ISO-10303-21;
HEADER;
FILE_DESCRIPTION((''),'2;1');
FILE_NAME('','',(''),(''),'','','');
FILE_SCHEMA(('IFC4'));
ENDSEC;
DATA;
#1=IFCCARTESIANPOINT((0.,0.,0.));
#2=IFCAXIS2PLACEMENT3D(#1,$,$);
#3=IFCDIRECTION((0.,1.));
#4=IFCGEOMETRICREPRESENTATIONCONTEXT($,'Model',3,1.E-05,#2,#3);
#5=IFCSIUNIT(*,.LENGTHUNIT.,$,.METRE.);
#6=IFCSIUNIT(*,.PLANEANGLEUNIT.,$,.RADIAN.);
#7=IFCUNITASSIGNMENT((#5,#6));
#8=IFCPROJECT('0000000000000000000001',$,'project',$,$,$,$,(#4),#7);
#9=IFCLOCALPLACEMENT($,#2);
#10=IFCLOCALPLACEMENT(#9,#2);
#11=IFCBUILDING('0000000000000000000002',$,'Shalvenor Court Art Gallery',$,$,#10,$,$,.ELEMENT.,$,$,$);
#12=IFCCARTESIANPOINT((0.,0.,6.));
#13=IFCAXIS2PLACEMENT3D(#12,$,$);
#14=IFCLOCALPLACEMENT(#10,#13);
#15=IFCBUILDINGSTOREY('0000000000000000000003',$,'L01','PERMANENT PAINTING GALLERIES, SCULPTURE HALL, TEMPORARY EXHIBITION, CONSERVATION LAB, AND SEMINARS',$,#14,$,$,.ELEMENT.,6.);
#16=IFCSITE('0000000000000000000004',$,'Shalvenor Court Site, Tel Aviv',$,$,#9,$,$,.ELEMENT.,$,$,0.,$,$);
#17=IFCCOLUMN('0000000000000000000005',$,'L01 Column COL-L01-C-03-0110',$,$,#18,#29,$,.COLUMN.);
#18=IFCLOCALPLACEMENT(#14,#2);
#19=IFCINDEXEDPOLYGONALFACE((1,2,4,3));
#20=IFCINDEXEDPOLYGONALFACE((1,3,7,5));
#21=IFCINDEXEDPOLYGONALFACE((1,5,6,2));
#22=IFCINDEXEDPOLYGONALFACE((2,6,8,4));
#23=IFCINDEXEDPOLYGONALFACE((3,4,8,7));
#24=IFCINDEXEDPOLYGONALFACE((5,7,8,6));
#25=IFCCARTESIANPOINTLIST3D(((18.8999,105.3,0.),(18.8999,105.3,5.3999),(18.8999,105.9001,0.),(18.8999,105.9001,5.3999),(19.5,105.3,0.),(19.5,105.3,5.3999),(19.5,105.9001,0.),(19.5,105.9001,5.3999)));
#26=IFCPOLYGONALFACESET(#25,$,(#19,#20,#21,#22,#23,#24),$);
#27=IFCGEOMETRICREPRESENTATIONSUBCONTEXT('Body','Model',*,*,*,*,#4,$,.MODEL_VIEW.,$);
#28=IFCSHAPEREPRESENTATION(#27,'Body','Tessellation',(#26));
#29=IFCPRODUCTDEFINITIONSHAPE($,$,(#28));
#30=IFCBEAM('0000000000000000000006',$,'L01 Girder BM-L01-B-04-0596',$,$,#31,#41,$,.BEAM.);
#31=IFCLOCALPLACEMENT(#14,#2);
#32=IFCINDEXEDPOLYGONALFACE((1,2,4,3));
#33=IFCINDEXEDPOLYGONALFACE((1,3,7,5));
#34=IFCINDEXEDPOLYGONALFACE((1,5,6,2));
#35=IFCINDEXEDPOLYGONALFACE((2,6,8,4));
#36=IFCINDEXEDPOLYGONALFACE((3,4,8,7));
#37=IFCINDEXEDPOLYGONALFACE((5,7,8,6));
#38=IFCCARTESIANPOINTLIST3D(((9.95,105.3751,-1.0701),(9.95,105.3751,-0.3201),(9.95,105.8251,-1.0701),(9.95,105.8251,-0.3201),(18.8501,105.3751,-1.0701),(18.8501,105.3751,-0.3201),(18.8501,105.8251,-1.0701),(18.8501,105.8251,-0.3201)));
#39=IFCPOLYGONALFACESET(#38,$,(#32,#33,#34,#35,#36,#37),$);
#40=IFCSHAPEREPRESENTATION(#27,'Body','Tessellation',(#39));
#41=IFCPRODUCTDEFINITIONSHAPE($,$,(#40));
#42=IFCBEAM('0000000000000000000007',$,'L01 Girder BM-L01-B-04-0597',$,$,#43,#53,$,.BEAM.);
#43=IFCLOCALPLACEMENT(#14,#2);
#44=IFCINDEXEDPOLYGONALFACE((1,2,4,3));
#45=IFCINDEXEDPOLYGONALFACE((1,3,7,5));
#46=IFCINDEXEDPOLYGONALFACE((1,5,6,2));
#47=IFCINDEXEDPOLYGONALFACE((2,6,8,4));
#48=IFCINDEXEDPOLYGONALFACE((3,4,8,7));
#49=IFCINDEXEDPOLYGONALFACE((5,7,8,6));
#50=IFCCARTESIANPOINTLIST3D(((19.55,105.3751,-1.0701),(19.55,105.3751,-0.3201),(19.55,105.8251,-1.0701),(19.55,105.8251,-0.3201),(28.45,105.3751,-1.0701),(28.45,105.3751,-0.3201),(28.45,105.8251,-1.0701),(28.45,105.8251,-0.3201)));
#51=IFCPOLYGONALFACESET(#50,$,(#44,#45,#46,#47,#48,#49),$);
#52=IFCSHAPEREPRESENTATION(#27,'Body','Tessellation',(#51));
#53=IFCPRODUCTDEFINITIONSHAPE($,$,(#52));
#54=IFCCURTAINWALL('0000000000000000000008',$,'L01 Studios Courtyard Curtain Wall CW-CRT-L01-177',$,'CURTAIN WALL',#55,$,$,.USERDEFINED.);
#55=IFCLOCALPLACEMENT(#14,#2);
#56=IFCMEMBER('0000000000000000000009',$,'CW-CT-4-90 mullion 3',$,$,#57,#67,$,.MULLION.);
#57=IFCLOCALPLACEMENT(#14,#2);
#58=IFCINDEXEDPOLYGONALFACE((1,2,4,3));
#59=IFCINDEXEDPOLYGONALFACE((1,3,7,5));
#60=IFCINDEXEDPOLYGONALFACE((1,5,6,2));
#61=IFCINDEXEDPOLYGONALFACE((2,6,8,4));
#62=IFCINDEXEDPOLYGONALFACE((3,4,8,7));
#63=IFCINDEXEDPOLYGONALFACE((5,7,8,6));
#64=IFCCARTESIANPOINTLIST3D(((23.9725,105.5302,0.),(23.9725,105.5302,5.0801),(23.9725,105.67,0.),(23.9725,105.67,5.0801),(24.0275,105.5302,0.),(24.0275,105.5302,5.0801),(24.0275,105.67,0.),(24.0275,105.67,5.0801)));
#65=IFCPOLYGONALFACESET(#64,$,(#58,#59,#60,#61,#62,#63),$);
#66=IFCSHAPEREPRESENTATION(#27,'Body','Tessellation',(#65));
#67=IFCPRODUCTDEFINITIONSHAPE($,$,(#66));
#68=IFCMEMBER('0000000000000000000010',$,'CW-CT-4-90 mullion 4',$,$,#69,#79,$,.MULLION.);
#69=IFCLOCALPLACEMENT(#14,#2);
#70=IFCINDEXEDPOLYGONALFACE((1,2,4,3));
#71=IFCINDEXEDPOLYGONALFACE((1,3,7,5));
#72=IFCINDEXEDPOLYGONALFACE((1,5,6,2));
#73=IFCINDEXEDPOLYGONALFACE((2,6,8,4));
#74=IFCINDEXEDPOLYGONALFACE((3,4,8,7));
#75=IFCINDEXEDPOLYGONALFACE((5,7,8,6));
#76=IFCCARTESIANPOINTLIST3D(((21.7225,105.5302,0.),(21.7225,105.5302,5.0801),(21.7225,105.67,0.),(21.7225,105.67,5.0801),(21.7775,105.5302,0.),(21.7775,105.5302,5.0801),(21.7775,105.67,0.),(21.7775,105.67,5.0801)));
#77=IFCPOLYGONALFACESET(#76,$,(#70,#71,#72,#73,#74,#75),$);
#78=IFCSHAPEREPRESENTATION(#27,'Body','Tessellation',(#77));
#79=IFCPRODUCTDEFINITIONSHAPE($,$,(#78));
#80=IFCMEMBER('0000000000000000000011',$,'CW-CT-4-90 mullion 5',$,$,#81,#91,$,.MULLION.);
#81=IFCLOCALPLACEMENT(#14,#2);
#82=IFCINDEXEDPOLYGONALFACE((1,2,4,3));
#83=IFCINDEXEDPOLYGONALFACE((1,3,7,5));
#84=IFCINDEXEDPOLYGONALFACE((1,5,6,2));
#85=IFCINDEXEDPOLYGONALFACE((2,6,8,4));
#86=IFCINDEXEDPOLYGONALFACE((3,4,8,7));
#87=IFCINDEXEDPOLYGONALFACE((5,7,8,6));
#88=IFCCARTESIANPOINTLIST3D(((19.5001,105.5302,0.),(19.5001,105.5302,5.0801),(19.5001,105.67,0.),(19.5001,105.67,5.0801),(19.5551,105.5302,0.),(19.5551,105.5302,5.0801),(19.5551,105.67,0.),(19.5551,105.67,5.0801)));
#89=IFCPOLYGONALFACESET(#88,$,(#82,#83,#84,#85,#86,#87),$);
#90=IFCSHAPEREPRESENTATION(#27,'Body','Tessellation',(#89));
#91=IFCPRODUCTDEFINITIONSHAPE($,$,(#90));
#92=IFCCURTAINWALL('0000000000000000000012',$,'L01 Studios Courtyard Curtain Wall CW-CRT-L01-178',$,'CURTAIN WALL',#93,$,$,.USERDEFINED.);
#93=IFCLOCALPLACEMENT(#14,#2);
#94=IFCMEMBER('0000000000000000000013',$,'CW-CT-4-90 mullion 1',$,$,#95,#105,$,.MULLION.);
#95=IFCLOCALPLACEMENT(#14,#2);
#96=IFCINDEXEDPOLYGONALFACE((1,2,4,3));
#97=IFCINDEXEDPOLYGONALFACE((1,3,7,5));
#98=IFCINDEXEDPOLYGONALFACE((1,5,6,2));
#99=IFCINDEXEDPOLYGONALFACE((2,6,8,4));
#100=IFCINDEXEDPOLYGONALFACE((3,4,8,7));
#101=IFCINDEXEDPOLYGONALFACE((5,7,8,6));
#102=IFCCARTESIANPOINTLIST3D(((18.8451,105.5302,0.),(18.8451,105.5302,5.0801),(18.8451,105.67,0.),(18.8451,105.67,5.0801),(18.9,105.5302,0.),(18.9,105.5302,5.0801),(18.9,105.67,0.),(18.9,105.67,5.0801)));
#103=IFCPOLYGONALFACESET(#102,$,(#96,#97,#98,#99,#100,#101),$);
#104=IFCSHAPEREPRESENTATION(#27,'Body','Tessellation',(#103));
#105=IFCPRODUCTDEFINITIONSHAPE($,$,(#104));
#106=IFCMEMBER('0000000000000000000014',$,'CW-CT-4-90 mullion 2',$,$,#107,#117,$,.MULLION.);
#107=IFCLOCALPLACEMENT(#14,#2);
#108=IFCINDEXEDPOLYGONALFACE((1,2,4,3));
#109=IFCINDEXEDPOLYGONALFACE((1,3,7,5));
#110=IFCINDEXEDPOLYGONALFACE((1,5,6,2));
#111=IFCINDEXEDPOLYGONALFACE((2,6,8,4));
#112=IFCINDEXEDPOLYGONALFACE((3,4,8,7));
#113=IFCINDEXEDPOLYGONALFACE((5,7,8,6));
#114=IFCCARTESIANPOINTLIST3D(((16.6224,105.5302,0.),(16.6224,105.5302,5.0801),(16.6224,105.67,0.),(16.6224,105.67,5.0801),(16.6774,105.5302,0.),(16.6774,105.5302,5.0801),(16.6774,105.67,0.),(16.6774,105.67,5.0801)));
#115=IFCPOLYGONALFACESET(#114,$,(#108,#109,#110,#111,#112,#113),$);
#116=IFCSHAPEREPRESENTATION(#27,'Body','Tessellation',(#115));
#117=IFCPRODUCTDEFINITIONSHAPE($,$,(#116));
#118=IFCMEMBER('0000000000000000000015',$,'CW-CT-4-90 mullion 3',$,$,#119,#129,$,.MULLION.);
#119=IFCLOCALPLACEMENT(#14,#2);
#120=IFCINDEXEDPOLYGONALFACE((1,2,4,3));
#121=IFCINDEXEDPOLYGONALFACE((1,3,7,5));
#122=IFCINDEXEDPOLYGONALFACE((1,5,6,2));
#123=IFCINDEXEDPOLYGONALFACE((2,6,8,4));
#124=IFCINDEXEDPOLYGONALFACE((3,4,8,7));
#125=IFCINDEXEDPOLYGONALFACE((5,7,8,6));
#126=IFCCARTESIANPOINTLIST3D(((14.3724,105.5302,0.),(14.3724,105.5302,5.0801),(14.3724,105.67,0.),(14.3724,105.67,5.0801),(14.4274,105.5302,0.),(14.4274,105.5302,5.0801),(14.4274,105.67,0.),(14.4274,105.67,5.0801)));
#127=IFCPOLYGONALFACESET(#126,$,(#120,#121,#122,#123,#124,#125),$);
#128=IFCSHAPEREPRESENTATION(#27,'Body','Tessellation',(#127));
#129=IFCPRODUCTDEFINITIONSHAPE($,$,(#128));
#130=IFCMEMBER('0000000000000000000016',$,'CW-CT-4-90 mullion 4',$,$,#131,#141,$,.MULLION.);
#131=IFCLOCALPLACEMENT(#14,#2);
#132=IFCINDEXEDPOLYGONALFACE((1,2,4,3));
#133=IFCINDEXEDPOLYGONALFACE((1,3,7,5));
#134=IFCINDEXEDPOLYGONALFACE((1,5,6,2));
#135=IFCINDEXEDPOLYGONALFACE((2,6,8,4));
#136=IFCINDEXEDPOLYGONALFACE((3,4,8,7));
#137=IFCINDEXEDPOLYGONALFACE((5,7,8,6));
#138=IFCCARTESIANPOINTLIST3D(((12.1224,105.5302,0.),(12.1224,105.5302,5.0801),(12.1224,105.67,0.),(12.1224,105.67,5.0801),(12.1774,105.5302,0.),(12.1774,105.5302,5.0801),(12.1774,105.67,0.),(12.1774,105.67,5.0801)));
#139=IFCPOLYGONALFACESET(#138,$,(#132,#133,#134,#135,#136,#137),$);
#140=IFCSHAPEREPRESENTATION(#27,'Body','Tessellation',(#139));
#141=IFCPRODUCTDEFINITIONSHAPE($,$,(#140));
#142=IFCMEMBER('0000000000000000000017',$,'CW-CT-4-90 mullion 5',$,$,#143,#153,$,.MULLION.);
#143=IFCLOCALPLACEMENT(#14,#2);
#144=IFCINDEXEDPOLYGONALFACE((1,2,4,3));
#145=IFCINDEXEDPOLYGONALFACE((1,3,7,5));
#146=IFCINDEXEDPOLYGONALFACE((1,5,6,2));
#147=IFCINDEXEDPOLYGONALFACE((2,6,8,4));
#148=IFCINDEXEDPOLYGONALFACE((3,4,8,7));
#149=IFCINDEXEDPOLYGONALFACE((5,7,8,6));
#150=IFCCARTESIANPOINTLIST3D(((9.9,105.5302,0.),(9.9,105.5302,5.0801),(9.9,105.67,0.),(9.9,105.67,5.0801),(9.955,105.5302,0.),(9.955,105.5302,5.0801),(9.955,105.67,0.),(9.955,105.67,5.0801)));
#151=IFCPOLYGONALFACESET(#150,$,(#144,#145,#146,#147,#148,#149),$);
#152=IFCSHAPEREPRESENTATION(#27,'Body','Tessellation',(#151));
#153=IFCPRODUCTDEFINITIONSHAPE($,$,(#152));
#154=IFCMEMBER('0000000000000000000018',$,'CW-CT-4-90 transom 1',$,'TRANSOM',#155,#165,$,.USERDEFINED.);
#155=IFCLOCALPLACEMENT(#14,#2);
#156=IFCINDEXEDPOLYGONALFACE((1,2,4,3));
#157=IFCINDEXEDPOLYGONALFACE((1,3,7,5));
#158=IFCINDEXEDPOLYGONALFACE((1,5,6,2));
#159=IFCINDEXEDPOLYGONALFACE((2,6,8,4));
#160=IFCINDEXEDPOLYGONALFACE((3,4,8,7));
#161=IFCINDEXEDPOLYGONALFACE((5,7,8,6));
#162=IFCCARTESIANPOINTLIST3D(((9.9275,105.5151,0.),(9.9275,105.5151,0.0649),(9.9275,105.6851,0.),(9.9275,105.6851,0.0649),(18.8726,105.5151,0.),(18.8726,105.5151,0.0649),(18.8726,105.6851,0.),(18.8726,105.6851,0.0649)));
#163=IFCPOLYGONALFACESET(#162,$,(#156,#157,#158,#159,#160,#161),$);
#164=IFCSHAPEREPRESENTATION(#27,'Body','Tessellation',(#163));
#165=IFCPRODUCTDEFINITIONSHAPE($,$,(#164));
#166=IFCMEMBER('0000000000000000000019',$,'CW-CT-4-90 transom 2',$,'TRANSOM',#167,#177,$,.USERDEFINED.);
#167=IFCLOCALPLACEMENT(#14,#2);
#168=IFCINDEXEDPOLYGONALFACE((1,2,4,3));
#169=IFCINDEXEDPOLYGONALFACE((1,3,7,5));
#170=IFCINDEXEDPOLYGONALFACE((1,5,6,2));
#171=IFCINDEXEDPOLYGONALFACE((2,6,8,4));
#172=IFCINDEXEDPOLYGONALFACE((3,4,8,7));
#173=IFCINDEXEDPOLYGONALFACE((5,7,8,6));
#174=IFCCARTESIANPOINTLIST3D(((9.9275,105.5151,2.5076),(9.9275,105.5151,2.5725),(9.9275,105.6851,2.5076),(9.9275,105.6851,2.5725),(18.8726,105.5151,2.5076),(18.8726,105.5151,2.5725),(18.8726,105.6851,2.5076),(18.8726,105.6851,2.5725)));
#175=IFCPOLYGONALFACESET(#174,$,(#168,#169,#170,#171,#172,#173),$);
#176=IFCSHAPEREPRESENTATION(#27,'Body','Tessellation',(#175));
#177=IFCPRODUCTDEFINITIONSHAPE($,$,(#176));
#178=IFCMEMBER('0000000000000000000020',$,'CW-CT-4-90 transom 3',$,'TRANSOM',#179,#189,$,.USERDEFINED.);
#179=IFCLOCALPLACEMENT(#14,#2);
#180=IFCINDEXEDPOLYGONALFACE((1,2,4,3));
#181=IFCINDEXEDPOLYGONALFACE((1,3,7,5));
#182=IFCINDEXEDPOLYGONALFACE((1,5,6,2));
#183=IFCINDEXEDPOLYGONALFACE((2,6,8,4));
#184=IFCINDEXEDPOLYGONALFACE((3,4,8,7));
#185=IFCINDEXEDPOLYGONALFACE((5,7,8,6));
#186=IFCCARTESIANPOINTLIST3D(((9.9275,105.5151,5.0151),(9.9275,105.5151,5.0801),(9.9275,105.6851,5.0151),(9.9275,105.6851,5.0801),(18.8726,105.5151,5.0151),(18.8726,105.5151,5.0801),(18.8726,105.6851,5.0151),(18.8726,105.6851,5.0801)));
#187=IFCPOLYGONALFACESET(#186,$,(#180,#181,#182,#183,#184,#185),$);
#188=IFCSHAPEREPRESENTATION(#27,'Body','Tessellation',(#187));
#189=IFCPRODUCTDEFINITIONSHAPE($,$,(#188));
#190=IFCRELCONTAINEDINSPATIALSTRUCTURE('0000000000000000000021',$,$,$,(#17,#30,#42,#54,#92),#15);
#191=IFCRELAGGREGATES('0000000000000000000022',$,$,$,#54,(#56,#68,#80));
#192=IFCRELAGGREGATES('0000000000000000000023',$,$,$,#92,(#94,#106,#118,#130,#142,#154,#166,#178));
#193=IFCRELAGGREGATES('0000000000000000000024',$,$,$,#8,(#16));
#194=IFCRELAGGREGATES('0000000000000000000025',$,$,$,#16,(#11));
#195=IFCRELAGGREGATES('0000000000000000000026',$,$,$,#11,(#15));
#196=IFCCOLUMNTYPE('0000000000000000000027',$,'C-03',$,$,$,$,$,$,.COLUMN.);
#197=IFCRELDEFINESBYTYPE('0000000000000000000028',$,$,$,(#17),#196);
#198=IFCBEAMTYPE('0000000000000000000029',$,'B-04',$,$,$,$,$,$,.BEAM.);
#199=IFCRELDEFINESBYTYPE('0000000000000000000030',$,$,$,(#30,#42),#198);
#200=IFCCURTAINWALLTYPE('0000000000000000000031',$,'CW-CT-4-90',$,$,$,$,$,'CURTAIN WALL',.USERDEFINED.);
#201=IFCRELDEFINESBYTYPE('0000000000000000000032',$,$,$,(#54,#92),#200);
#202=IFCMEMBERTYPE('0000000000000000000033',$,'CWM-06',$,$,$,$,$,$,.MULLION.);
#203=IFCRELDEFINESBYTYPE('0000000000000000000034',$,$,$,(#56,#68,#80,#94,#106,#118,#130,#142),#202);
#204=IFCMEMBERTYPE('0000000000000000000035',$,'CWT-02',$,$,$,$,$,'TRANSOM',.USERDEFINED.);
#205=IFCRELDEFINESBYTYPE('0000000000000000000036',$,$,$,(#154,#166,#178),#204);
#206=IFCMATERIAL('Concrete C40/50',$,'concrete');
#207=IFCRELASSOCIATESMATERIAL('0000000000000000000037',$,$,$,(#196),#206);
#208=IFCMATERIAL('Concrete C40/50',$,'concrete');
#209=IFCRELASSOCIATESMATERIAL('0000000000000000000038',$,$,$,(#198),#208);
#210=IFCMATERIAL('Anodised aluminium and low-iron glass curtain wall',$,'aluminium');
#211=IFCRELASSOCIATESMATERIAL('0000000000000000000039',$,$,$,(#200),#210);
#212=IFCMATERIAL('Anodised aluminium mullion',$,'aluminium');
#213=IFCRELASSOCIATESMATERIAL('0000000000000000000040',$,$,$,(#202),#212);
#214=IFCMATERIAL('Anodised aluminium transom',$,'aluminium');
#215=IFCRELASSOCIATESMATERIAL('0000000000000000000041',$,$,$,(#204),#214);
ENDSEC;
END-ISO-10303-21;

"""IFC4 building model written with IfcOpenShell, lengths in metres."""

from ifc_helpers import new_model, si_unit, direction, frame, origin, origin_2d, place, context, subcontext, project, spatial, rectangle, extrude, material, material_profile, profile_set, type_object, element, aggregate, save


model = new_model("IFC4")

# Units and contexts
model_context = context("Model", 3, precision=1e-05, world=origin(), true_north=direction((0.0, 1.0)))
body_context = subcontext(model_context, "Body", "Model", "MODEL_VIEW")
ifc_project = project(units=[si_unit("LENGTHUNIT", "METRE"), si_unit("PLANEANGLEUNIT", "RADIAN")], contexts=[model_context])

# Site, building, storey
site_placement = place(None, origin())
site = spatial("IfcSite", under=ifc_project, at=site_placement, Name="Shalvenor Court Site, Tel Aviv", CompositionType="ELEMENT", RefElevation=0.0)
building_placement = place(site_placement, origin())
building = spatial("IfcBuilding", under=site, at=building_placement, Name="Shalvenor Court Art Gallery", CompositionType="ELEMENT")
storey_placement = place(building_placement, frame((0.0, 0.0, 6.0)))
storey = spatial("IfcBuildingStorey", under=building, at=storey_placement, Name="L01", Description="PERMANENT PAINTING GALLERIES, SCULPTURE HALL, TEMPORARY EXHIBITION, CONSERVATION LAB, AND SEMINARS", CompositionType="ELEMENT", Elevation=6.0)

# Column
ifc_material_1 = material(Name="Concrete C40/50", Category="concrete")
ifc_material_profile_1 = material_profile(ifc_material_1, rectangle(XDim=0.6001, YDim=0.6001, at=origin_2d()), Name="RC 600x600")
ifc_profile_set_1 = profile_set([ifc_material_profile_1], Name="Concrete C40/50")
column_type = type_object("IfcColumnType", Name="C-03", PredefinedType="COLUMN", material=ifc_profile_set_1)
column_placement = place(storey_placement, frame((19.2, 105.6001, 0.0), z_axis=(0.0, 0.0, 1.0), x_axis=(1.0, 0.0, 0.0)))
element("IfcColumn", 1, at=column_placement, inside=storey, type_object=column_type, Name="L01 Column COL-L01-C-03-0110", PredefinedType="COLUMN", context=body_context, shape_type="SweptSolid", body=[
    extrude(rectangle(XDim=0.6001, YDim=0.6001, at=origin_2d()), origin(), (0.0, 0.0, 1.0), 5.3999),
])

# Beams
ifc_material_2 = material(Name="Concrete C40/50", Category="concrete")
ifc_material_profile_2 = material_profile(ifc_material_2, rectangle(XDim=0.45, YDim=0.75, at=origin_2d()), Name="RC 450x750")
ifc_profile_set_2 = profile_set([ifc_material_profile_2], Name="Concrete C40/50")
beam_type = type_object("IfcBeamType", Name="B-04", PredefinedType="BEAM", material=ifc_profile_set_2)
beam_1_placement = place(storey_placement, frame((9.95, 105.6001, -0.6951), z_axis=(1.0, 0.0, 0.0), x_axis=(0.0, 1.0, 0.0)))
element("IfcBeam", 2, at=beam_1_placement, inside=storey, type_object=beam_type, Name="L01 Girder BM-L01-B-04-0596", PredefinedType="BEAM", context=body_context, shape_type="SweptSolid", body=[
    extrude(rectangle(XDim=0.45, YDim=0.75, at=origin_2d()), origin(), (0.0, 0.0, 1.0), 8.9001),
])
beam_2_placement = place(storey_placement, frame((19.55, 105.6001, -0.6951), z_axis=(1.0, 0.0, 0.0), x_axis=(0.0, 1.0, 0.0)))
element("IfcBeam", 3, at=beam_2_placement, inside=storey, type_object=beam_type, Name="L01 Girder BM-L01-B-04-0597", PredefinedType="BEAM", context=body_context, shape_type="SweptSolid", body=[
    extrude(rectangle(XDim=0.45, YDim=0.75, at=origin_2d()), origin(), (0.0, 0.0, 1.0), 8.8999),
])

# Curtain walls, members
ifc_material_3 = material(Name="Anodised aluminium and low-iron glass curtain wall", Category="aluminium")
curtain_wall_type = type_object("IfcCurtainWallType", Name="CW-CT-4-90", ElementType="CURTAIN WALL", PredefinedType="USERDEFINED", material=ifc_material_3)
curtain_wall_1_placement = place(storey_placement, origin())
curtain_wall_1 = element("IfcCurtainWall", 4, at=curtain_wall_1_placement, inside=storey, type_object=curtain_wall_type, Name="L01 Studios Courtyard Curtain Wall CW-CRT-L01-177", ObjectType="CURTAIN WALL", PredefinedType="USERDEFINED")
ifc_material_4 = material(Name="Anodised aluminium mullion", Category="aluminium")
ifc_material_profile_3 = material_profile(ifc_material_4, rectangle(XDim=0.0549, YDim=0.1399, at=origin_2d()), Name="CWM-06")
ifc_profile_set_3 = profile_set([ifc_material_profile_3], Name="Anodised aluminium mullion")
member_type_1 = type_object("IfcMemberType", Name="CWM-06", PredefinedType="MULLION", material=ifc_profile_set_3)
member_1_placement = place(storey_placement, frame((24.0, 105.6001, 0.0), z_axis=(0.0, 0.0, 1.0), x_axis=(-1.0, 0.0, 0.0)))
member_1 = element("IfcMember", 5, at=member_1_placement, type_object=member_type_1, Name="CW-CT-4-90 mullion 3", PredefinedType="MULLION", context=body_context, shape_type="SweptSolid", body=[
    extrude(rectangle(XDim=0.0549, YDim=0.1399, at=origin_2d()), origin(), (0.0, 0.0, 1.0), 5.0801),
])
member_2_placement = place(storey_placement, frame((21.75, 105.6001, 0.0), z_axis=(0.0, 0.0, 1.0), x_axis=(-1.0, 0.0, 0.0)))
member_2 = element("IfcMember", 6, at=member_2_placement, type_object=member_type_1, Name="CW-CT-4-90 mullion 4", PredefinedType="MULLION", context=body_context, shape_type="SweptSolid", body=[
    extrude(rectangle(XDim=0.0549, YDim=0.1399, at=origin_2d()), origin(), (0.0, 0.0, 1.0), 5.0801),
])
member_3_placement = place(storey_placement, frame((19.5276, 105.6001, 0.0), z_axis=(0.0, 0.0, 1.0), x_axis=(-1.0, 0.0, 0.0)))
member_3 = element("IfcMember", 7, at=member_3_placement, type_object=member_type_1, Name="CW-CT-4-90 mullion 5", PredefinedType="MULLION", context=body_context, shape_type="SweptSolid", body=[
    extrude(rectangle(XDim=0.0549, YDim=0.1399, at=origin_2d()), origin(), (0.0, 0.0, 1.0), 5.0801),
])
curtain_wall_2_placement = place(storey_placement, origin())
curtain_wall_2 = element("IfcCurtainWall", 8, at=curtain_wall_2_placement, inside=storey, type_object=curtain_wall_type, Name="L01 Studios Courtyard Curtain Wall CW-CRT-L01-178", ObjectType="CURTAIN WALL", PredefinedType="USERDEFINED")
member_4_placement = place(storey_placement, frame((18.8726, 105.6001, 0.0), z_axis=(0.0, 0.0, 1.0), x_axis=(-1.0, 0.0, 0.0)))
member_4 = element("IfcMember", 9, at=member_4_placement, type_object=member_type_1, Name="CW-CT-4-90 mullion 1", PredefinedType="MULLION", context=body_context, shape_type="SweptSolid", body=[
    extrude(rectangle(XDim=0.0549, YDim=0.1399, at=origin_2d()), origin(), (0.0, 0.0, 1.0), 5.0801),
])
member_5_placement = place(storey_placement, frame((16.6499, 105.6001, 0.0), z_axis=(0.0, 0.0, 1.0), x_axis=(-1.0, 0.0, 0.0)))
member_5 = element("IfcMember", 10, at=member_5_placement, type_object=member_type_1, Name="CW-CT-4-90 mullion 2", PredefinedType="MULLION", context=body_context, shape_type="SweptSolid", body=[
    extrude(rectangle(XDim=0.0549, YDim=0.1399, at=origin_2d()), origin(), (0.0, 0.0, 1.0), 5.0801),
])
member_6_placement = place(storey_placement, frame((14.3999, 105.6001, 0.0), z_axis=(0.0, 0.0, 1.0), x_axis=(-1.0, 0.0, 0.0)))
member_6 = element("IfcMember", 11, at=member_6_placement, type_object=member_type_1, Name="CW-CT-4-90 mullion 3", PredefinedType="MULLION", context=body_context, shape_type="SweptSolid", body=[
    extrude(rectangle(XDim=0.0549, YDim=0.1399, at=origin_2d()), origin(), (0.0, 0.0, 1.0), 5.0801),
])
member_7_placement = place(storey_placement, frame((12.1499, 105.6001, 0.0), z_axis=(0.0, 0.0, 1.0), x_axis=(-1.0, 0.0, 0.0)))
member_7 = element("IfcMember", 12, at=member_7_placement, type_object=member_type_1, Name="CW-CT-4-90 mullion 4", PredefinedType="MULLION", context=body_context, shape_type="SweptSolid", body=[
    extrude(rectangle(XDim=0.0549, YDim=0.1399, at=origin_2d()), origin(), (0.0, 0.0, 1.0), 5.0801),
])
member_8_placement = place(storey_placement, frame((9.9275, 105.6001, 0.0), z_axis=(0.0, 0.0, 1.0), x_axis=(-1.0, 0.0, 0.0)))
member_8 = element("IfcMember", 13, at=member_8_placement, type_object=member_type_1, Name="CW-CT-4-90 mullion 5", PredefinedType="MULLION", context=body_context, shape_type="SweptSolid", body=[
    extrude(rectangle(XDim=0.0549, YDim=0.1399, at=origin_2d()), origin(), (0.0, 0.0, 1.0), 5.0801),
])
ifc_material_5 = material(Name="Anodised aluminium transom", Category="aluminium")
ifc_material_profile_4 = material_profile(ifc_material_5, rectangle(XDim=0.1699, YDim=0.0649, at=origin_2d()), Name="CWT-02")
ifc_profile_set_4 = profile_set([ifc_material_profile_4], Name="Anodised aluminium transom")
member_type_2 = type_object("IfcMemberType", Name="CWT-02", ElementType="TRANSOM", PredefinedType="USERDEFINED", material=ifc_profile_set_4)
member_9_placement = place(storey_placement, frame((18.8726, 105.6001, 0.0325), z_axis=(-1.0, 0.0, 0.0), x_axis=(0.0, -1.0, 0.0)))
member_9 = element("IfcMember", 14, at=member_9_placement, type_object=member_type_2, Name="CW-CT-4-90 transom 1", ObjectType="TRANSOM", PredefinedType="USERDEFINED", context=body_context, shape_type="SweptSolid", body=[
    extrude(rectangle(XDim=0.1699, YDim=0.0649, at=origin_2d()), origin(), (0.0, 0.0, 1.0), 8.9451),
])
member_10_placement = place(storey_placement, frame((18.8726, 105.6001, 2.54), z_axis=(-1.0, 0.0, 0.0), x_axis=(0.0, -1.0, 0.0)))
member_10 = element("IfcMember", 15, at=member_10_placement, type_object=member_type_2, Name="CW-CT-4-90 transom 2", ObjectType="TRANSOM", PredefinedType="USERDEFINED", context=body_context, shape_type="SweptSolid", body=[
    extrude(rectangle(XDim=0.1699, YDim=0.0649, at=origin_2d()), origin(), (0.0, 0.0, 1.0), 8.9451),
])
member_11_placement = place(storey_placement, frame((18.8726, 105.6001, 5.0476), z_axis=(-1.0, 0.0, 0.0), x_axis=(0.0, -1.0, 0.0)))
member_11 = element("IfcMember", 16, at=member_11_placement, type_object=member_type_2, Name="CW-CT-4-90 transom 3", ObjectType="TRANSOM", PredefinedType="USERDEFINED", context=body_context, shape_type="SweptSolid", body=[
    extrude(rectangle(XDim=0.1699, YDim=0.0649, at=origin_2d()), origin(), (0.0, 0.0, 1.0), 8.9451),
])

aggregate(curtain_wall_1, [member_1, member_2, member_3])
aggregate(curtain_wall_2, [member_4, member_5, member_6, member_7, member_8, member_9, member_10, member_11])

save(model, "model.ifc")
